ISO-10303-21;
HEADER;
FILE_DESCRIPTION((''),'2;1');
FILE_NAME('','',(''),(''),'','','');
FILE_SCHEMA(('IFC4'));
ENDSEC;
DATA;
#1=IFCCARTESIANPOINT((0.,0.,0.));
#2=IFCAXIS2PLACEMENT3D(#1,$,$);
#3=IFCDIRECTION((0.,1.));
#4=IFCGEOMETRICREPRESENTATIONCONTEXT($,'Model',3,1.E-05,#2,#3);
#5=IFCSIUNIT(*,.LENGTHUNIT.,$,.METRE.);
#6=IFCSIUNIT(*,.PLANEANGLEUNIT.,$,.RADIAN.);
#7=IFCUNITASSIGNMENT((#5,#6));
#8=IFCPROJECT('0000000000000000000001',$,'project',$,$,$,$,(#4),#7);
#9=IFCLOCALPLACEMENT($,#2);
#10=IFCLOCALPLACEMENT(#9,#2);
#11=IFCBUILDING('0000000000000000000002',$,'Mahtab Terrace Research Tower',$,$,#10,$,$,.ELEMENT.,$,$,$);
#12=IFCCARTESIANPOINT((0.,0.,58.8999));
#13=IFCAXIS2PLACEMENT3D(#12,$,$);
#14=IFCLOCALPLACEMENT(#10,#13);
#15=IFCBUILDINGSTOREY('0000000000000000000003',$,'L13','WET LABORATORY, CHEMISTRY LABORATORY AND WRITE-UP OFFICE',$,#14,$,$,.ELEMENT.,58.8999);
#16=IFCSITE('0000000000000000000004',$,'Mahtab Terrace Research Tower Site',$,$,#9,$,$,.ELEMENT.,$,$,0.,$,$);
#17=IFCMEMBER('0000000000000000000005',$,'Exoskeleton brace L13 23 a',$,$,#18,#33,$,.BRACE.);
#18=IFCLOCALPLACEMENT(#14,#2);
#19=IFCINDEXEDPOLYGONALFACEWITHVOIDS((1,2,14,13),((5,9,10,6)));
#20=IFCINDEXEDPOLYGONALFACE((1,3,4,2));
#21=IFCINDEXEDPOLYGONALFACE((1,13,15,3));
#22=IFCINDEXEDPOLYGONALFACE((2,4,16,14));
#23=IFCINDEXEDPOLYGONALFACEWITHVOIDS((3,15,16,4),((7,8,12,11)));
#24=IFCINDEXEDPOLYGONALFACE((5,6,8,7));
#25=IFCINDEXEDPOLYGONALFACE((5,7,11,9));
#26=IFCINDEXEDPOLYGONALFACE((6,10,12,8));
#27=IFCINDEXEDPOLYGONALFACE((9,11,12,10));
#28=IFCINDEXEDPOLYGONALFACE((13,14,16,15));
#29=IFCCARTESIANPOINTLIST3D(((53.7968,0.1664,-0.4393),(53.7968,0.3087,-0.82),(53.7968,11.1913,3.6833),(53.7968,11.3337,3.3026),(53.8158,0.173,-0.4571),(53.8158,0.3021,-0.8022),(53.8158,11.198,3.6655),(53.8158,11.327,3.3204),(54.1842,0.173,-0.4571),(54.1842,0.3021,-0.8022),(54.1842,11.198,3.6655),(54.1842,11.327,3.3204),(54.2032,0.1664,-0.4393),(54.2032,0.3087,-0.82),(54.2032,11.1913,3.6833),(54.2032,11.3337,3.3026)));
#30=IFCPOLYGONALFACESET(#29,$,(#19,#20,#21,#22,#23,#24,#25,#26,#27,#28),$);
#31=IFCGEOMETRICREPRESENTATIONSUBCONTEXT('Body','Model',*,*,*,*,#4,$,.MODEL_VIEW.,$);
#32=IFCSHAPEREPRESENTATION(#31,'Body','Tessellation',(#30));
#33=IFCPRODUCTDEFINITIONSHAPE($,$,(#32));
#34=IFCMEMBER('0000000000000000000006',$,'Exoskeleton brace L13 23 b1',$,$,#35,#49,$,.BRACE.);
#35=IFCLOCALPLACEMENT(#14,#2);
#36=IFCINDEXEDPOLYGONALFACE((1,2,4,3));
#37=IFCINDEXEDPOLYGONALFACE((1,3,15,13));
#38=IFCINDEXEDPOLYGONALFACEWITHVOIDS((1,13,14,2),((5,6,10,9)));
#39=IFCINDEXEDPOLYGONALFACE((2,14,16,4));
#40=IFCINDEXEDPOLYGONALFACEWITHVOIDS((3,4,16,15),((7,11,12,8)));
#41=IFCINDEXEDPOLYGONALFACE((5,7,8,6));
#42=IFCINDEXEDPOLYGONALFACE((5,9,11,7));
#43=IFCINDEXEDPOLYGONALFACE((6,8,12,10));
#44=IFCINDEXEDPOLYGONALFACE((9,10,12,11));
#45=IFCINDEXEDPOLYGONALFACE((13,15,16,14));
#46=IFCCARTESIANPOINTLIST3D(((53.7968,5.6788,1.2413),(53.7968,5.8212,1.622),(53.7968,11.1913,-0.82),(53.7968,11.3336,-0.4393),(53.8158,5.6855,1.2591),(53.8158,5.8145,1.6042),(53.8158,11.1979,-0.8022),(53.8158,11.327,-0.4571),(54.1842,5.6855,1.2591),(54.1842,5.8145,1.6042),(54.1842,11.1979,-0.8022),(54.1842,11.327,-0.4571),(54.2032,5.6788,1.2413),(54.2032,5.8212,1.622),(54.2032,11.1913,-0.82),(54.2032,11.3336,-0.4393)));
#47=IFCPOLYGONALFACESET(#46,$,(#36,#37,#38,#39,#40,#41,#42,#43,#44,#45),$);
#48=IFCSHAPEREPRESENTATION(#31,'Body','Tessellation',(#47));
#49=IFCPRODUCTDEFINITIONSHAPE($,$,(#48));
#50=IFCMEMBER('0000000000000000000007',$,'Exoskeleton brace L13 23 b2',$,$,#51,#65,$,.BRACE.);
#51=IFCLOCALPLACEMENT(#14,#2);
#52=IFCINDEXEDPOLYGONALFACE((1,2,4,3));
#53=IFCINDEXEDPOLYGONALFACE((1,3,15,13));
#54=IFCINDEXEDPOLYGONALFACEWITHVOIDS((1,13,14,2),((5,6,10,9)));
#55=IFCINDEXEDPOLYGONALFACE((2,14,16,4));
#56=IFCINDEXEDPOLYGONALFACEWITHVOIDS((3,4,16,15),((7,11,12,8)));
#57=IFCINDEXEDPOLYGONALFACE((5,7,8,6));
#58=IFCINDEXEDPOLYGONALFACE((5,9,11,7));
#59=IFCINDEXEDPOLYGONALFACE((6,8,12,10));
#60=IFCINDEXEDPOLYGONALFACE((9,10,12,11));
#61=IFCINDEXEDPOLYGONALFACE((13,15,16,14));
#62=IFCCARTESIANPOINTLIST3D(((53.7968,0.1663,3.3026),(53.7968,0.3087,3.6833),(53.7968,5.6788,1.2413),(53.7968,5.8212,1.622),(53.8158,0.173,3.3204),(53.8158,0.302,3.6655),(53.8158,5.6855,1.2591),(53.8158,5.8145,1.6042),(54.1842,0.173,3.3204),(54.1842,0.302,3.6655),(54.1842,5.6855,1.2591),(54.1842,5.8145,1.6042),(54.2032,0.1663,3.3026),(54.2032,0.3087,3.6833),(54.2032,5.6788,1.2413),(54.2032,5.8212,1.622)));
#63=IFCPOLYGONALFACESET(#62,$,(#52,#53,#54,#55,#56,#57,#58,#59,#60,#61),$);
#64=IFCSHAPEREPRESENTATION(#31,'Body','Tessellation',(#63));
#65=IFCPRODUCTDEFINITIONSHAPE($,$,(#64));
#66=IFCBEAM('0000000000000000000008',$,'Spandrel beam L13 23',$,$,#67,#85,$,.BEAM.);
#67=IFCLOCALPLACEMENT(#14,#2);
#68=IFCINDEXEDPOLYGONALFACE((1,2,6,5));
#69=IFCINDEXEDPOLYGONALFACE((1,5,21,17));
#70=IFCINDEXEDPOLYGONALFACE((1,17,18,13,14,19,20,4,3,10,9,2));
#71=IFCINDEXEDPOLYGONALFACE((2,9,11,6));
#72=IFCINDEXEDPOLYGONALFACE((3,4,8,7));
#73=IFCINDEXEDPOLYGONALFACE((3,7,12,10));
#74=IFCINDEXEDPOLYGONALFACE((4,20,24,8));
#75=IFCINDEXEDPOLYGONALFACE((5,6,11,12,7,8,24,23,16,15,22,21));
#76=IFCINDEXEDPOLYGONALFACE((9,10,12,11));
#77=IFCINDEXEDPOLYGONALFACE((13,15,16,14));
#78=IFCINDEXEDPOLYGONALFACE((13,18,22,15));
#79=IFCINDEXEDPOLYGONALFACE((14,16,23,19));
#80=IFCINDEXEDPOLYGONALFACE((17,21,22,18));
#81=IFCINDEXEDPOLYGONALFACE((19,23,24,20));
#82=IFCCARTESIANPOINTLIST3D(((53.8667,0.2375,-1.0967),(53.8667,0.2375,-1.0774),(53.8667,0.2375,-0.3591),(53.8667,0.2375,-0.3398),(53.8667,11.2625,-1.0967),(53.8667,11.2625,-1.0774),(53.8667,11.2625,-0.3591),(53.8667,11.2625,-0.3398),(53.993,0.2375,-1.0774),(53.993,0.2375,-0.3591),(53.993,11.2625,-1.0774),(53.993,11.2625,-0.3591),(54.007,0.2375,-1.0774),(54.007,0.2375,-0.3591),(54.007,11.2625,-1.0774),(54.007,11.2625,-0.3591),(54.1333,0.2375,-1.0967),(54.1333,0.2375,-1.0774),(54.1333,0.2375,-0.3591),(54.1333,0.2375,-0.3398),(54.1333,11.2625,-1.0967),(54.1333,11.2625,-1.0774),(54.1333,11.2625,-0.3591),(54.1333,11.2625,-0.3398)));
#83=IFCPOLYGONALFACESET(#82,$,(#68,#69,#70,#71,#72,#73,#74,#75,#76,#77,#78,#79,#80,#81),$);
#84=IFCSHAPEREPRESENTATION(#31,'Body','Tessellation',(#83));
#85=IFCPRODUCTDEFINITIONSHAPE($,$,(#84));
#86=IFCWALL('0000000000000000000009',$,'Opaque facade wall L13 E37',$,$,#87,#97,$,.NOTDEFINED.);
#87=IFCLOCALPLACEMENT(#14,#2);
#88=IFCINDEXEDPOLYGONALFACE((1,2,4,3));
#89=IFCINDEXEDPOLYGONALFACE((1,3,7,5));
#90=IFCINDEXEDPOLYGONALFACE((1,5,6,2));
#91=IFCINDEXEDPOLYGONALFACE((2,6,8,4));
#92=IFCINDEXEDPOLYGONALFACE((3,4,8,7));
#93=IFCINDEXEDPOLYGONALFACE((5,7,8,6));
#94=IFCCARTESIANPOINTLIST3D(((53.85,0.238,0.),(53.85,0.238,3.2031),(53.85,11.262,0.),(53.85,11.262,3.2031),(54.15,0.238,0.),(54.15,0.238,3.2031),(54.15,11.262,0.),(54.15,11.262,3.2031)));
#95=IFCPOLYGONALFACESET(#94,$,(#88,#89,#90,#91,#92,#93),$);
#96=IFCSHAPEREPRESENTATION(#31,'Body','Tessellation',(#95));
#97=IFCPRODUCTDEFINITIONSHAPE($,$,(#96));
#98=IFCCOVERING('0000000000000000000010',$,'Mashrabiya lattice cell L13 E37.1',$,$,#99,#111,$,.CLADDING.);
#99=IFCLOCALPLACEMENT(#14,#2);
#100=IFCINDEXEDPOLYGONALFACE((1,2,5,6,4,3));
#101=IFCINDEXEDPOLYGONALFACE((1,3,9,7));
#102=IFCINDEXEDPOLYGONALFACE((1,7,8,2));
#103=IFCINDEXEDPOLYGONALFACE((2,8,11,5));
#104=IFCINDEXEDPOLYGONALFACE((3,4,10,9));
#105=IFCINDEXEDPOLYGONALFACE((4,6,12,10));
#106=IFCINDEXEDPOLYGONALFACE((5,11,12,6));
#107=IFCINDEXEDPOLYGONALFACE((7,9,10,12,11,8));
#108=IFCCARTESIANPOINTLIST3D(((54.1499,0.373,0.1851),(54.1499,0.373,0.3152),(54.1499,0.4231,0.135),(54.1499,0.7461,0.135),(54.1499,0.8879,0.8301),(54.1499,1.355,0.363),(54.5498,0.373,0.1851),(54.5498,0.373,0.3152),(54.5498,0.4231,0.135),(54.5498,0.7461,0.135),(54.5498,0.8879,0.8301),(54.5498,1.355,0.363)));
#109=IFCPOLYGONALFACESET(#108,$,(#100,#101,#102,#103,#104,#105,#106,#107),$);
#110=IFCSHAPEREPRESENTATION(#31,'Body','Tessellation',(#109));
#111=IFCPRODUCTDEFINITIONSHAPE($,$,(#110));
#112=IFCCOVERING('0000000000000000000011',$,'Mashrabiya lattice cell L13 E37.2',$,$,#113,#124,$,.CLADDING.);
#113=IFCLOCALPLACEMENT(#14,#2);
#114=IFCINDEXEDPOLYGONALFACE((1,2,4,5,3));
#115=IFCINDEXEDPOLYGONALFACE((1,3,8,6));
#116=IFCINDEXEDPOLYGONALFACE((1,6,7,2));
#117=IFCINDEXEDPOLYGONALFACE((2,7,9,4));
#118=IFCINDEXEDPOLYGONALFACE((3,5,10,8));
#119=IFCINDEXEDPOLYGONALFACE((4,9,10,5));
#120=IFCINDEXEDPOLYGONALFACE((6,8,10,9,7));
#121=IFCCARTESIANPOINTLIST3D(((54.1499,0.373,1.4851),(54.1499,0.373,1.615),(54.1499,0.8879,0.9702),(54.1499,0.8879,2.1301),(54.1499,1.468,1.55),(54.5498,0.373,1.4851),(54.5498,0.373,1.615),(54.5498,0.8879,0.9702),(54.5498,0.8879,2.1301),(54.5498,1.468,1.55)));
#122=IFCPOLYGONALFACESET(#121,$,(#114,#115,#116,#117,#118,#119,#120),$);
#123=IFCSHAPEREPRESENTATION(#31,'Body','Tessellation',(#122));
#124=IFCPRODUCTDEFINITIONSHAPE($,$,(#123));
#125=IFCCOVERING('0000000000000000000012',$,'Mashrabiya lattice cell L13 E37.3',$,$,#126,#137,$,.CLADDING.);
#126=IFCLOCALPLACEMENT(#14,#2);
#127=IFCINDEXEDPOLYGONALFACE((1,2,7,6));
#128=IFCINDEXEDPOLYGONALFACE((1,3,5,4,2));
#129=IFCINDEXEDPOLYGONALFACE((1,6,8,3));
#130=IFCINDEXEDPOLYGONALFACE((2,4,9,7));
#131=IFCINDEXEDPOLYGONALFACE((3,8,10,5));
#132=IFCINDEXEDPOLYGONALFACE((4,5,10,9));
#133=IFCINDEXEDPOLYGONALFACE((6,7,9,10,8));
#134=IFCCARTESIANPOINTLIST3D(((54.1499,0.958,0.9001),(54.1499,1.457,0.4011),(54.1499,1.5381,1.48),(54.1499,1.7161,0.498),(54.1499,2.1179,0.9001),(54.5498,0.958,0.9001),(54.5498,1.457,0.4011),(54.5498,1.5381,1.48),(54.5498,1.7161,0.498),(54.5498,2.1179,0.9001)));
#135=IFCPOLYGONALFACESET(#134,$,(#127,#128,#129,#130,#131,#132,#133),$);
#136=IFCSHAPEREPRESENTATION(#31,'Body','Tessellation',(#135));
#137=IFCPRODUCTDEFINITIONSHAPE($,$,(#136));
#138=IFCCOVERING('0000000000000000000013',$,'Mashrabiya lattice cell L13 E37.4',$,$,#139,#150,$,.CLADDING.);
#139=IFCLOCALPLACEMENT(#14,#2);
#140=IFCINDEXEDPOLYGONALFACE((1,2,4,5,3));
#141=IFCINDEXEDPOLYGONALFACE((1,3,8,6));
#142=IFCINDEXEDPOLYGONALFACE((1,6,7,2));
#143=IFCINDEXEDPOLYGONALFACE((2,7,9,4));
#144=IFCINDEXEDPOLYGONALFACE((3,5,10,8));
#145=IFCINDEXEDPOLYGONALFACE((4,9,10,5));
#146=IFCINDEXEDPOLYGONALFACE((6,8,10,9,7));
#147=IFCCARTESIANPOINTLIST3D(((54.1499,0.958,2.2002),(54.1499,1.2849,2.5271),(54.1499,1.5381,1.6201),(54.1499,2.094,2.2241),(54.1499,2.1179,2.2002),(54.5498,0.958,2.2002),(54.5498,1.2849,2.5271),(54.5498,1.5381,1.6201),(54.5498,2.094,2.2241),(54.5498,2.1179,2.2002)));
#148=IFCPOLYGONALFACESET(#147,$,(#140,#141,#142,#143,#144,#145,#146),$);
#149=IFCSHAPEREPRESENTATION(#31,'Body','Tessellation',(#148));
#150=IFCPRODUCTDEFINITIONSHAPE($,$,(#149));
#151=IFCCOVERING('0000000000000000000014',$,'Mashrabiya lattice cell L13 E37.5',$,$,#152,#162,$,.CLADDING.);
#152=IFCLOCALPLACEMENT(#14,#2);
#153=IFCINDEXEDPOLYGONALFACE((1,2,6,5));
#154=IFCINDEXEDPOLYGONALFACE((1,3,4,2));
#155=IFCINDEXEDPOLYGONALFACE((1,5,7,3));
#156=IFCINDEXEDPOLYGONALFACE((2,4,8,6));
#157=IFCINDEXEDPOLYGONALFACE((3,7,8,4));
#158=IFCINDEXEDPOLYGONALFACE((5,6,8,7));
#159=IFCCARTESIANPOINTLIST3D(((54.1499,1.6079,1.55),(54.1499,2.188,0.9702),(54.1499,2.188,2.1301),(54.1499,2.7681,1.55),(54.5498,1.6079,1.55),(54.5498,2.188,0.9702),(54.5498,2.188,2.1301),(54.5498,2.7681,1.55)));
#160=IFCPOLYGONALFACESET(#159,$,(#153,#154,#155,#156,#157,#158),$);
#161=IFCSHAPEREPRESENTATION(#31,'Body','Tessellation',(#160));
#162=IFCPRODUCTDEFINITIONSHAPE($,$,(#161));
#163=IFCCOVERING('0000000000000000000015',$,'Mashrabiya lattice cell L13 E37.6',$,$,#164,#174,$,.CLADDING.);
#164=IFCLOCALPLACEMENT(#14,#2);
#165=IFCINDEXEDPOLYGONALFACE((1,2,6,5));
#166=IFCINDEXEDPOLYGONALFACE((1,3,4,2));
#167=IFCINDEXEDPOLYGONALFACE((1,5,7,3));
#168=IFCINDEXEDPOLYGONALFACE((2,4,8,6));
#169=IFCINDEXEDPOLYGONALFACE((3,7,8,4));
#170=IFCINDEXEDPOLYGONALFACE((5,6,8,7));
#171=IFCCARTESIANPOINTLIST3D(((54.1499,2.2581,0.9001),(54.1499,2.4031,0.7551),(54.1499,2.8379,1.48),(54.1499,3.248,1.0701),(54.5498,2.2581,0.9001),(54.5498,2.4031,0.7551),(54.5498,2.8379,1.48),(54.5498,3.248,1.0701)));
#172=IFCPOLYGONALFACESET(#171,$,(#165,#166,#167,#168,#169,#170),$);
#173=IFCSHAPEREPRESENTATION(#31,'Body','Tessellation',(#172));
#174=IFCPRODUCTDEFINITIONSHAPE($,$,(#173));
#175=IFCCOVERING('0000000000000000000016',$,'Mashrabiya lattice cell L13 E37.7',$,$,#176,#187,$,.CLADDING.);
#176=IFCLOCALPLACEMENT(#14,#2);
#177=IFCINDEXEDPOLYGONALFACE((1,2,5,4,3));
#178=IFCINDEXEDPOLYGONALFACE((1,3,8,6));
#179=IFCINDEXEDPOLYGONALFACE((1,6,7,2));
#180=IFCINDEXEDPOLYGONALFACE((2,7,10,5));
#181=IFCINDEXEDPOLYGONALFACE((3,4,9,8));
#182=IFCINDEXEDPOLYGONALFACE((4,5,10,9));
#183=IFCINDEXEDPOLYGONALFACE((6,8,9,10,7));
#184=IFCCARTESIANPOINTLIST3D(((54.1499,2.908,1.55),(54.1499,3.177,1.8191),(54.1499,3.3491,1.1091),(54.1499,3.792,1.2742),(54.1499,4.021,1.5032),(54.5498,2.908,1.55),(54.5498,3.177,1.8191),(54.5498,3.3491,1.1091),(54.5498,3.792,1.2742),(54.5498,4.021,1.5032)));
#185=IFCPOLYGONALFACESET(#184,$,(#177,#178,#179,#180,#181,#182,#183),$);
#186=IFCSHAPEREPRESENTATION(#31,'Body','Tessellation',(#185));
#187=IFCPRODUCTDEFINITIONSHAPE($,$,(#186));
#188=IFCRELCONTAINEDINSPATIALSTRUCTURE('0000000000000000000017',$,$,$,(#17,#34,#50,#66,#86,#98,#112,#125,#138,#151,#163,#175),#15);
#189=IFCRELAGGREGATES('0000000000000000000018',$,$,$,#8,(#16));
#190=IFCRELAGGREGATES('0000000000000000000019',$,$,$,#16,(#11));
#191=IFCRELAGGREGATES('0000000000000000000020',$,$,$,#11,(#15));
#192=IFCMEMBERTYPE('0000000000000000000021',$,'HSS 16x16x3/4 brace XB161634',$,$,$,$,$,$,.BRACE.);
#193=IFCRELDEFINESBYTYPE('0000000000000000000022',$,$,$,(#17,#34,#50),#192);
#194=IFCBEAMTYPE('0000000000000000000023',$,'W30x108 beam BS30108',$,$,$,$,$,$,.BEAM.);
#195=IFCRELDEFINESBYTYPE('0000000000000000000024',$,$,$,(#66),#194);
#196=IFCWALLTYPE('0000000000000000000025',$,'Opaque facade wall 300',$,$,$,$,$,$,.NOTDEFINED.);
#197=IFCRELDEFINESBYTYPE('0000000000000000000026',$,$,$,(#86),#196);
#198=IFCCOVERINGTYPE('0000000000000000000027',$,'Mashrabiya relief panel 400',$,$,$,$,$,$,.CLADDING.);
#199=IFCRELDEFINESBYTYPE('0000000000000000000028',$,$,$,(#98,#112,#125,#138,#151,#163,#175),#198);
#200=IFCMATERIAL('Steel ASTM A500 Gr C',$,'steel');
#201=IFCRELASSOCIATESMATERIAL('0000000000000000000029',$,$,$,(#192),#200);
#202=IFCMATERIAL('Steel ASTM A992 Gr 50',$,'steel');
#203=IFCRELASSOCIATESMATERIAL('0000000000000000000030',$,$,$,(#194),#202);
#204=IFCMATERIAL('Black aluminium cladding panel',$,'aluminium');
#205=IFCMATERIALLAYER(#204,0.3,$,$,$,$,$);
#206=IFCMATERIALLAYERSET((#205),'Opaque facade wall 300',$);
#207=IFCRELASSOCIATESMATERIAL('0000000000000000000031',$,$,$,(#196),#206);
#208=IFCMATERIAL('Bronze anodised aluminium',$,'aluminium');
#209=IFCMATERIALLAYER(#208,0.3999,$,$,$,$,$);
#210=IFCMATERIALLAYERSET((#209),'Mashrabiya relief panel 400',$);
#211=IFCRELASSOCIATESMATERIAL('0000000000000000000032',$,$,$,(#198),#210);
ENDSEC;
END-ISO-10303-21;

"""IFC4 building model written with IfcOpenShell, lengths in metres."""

from ifc_helpers import new_model, si_unit, direction, frame, frame_2d, origin, origin_2d, place, context, subcontext, project, spatial, polyline, rectangle, hollow_rectangle, i_section, outline, extrude, material, layer, layer_set, material_profile, profile_set, type_object, element, save


model = new_model("IFC4")

# Units and contexts
model_context = context("Model", 3, precision=1e-05, world=origin(), true_north=direction((0.0, 1.0)))
body_context = subcontext(model_context, "Body", "Model", "MODEL_VIEW")
ifc_project = project(units=[si_unit("LENGTHUNIT", "METRE"), si_unit("PLANEANGLEUNIT", "RADIAN")], contexts=[model_context])

# Site, building, storey
site_placement = place(None, origin())
site = spatial("IfcSite", under=ifc_project, at=site_placement, Name="Mahtab Terrace Research Tower Site", CompositionType="ELEMENT", RefElevation=0.0)
building_placement = place(site_placement, origin())
building = spatial("IfcBuilding", under=site, at=building_placement, Name="Mahtab Terrace Research Tower", CompositionType="ELEMENT")
storey_placement = place(building_placement, frame((0.0, 0.0, 58.8999)))
storey = spatial("IfcBuildingStorey", under=building, at=storey_placement, Name="L13", Description="WET LABORATORY, CHEMISTRY LABORATORY AND WRITE-UP OFFICE", CompositionType="ELEMENT", Elevation=58.8999)

# Members
ifc_material_1 = material(Name="Steel ASTM A500 Gr C", Category="steel")
ifc_material_profile_1 = material_profile(ifc_material_1, hollow_rectangle(XDim=0.4065, YDim=0.4065, WallThickness=0.019, at=origin_2d()), Name="HSS16X16X3/4")
ifc_profile_set_1 = profile_set([ifc_material_profile_1], Name="Steel ASTM A500 Gr C")
member_type = type_object("IfcMemberType", Name="HSS 16x16x3/4 brace XB161634", PredefinedType="BRACE", material=ifc_profile_set_1)
member_placement = place(storey_placement, frame((54.0, 0.2375, -0.6296), z_axis=(0.0, 0.936658, 0.350246), x_axis=(-1.0, 0.0, 0.0)))
element("IfcMember", 1, at=member_placement, inside=storey, type_object=member_type, Name="Exoskeleton brace L13 23 a", PredefinedType="BRACE", context=body_context, shape_type="SweptSolid", body=[
    extrude(hollow_rectangle(XDim=0.4065, YDim=0.4065, WallThickness=0.019, at=origin_2d()), origin(), (0.0, 0.0, 1.0), 11.7705),
])
for number, where, z_axis, x_axis, name in (
    (2, (54.0, 11.2625, -0.6296), (0.0, -0.936658, 0.350246), (1.0, 0.0, 0.0), "Exoskeleton brace L13 23 b1"),
    (3, (54.0, 5.75, 1.4316), (0.0, -0.936658, 0.350246), (1.0, 0.0, 0.0), "Exoskeleton brace L13 23 b2"),
):
    element("IfcMember", number, at=place(storey_placement, frame(where, z_axis=z_axis, x_axis=x_axis)), inside=storey, type_object=member_type, Name=name, PredefinedType="BRACE", context=body_context, shape_type="SweptSolid", body=[
        extrude(hollow_rectangle(XDim=0.4065, YDim=0.4065, WallThickness=0.019, at=origin_2d()), origin(), (0.0, 0.0, 1.0), 5.8853),
    ])

# Beam
ifc_material_2 = material(Name="Steel ASTM A992 Gr 50", Category="steel")
ifc_material_profile_2 = material_profile(ifc_material_2, i_section(OverallWidth=0.2666, OverallDepth=0.7568, WebThickness=0.0139, FlangeThickness=0.0193, at=origin_2d()), Name="W30X108")
ifc_profile_set_2 = profile_set([ifc_material_profile_2], Name="Steel ASTM A992 Gr 50")
beam_type = type_object("IfcBeamType", Name="W30x108 beam BS30108", PredefinedType="BEAM", material=ifc_profile_set_2)
beam_placement = place(storey_placement, frame((54.0, 0.2375, -0.7183), z_axis=(0.0, 1.0, 0.0), x_axis=(-1.0, 0.0, 0.0)))
element("IfcBeam", 4, at=beam_placement, inside=storey, type_object=beam_type, Name="Spandrel beam L13 23", PredefinedType="BEAM", context=body_context, shape_type="SweptSolid", body=[
    extrude(i_section(OverallWidth=0.2666, OverallDepth=0.7568, WebThickness=0.0139, FlangeThickness=0.0193, at=origin_2d()), origin(), (0.0, 0.0, 1.0), 11.0249),
])

# Wall
ifc_material_3 = material(Name="Black aluminium cladding panel", Category="aluminium")
ifc_layer_1 = layer(ifc_material_3, 0.3)
ifc_layer_set_1 = layer_set([ifc_layer_1], Name="Opaque facade wall 300")
wall_type = type_object("IfcWallType", Name="Opaque facade wall 300", PredefinedType="NOTDEFINED", material=ifc_layer_set_1)
wall_placement = place(storey_placement, frame((54.0, 0.238, 0.0), z_axis=(0.0, 0.0, 1.0), x_axis=(0.0, 1.0, 0.0)))
element("IfcWall", 5, at=wall_placement, inside=storey, type_object=wall_type, Name="Opaque facade wall L13 E37", PredefinedType="NOTDEFINED", context=body_context, shape_type="SweptSolid", body=[
    extrude(rectangle(XDim=11.0239, YDim=0.3, at=frame_2d((5.512, 0.0))), origin(), (0.0, 0.0, 1.0), 3.2031),
])

# Coverings
ifc_material_4 = material(Name="Bronze anodised aluminium", Category="aluminium")
ifc_layer_2 = layer(ifc_material_4, 0.3999)
ifc_layer_set_2 = layer_set([ifc_layer_2], Name="Mashrabiya relief panel 400")
covering_type = type_object("IfcCoveringType", Name="Mashrabiya relief panel 400", PredefinedType="CLADDING", material=ifc_layer_set_2)
covering_1_placement = place(storey_placement, frame((54.1499, 0.373, 0.1851), z_axis=(-1.0, 0.0, 0.0), x_axis=(0.0, 0.0, 1.0)))
element("IfcCovering", 6, at=covering_1_placement, inside=storey, type_object=covering_type, Name="Mashrabiya lattice cell L13 E37.1", PredefinedType="CLADDING", context=body_context, shape_type="SweptSolid", body=[
    extrude(outline(polyline([(0.0, 0.0), (0.1301, 0.0), (0.645, 0.5149), (0.178, 0.9819), (-0.05, 0.373), (-0.05, 0.05), (0.0, 0.0)])), origin(), (0.0, 0.0, -1.0), 0.3999),
])
covering_2_placement = place(storey_placement, frame((54.1499, 0.8879, 2.1301), z_axis=(-1.0, 0.0, 0.0), x_axis=(0.0, 0.707107, -0.707107)))
element("IfcCovering", 7, at=covering_2_placement, inside=storey, type_object=covering_type, Name="Mashrabiya lattice cell L13 E37.2", PredefinedType="CLADDING", context=body_context, shape_type="SweptSolid", body=[
    extrude(outline(polyline([(0.0, 0.0), (0.8204, 0.0), (0.8202, 0.8202), (0.092, 0.8202), (0.0002, 0.7283), (0.0, 0.0)])), origin(), (0.0, 0.0, -1.0), 0.3999),
])
covering_3_placement = place(storey_placement, frame((54.1499, 0.958, 0.9001), z_axis=(-1.0, 0.0, 0.0), x_axis=(0.0, 0.707256, 0.706958)))
element("IfcCovering", 8, at=covering_3_placement, inside=storey, type_object=covering_type, Name="Mashrabiya lattice cell L13 E37.3", PredefinedType="CLADDING", context=body_context, shape_type="SweptSolid", body=[
    extrude(outline(polyline([(0.0, 0.0), (0.8202, 0.0), (0.8204, 0.82), (0.2519, 0.8203), (0.0001, 0.7057), (0.0, 0.0)])), origin(), (0.0, 0.0, -1.0), 0.3999),
])
covering_4_placement = place(storey_placement, frame((54.1499, 2.1179, 2.2002), z_axis=(-1.0, 0.0, 0.0), x_axis=(0.0, -0.706958, -0.707256)))
element("IfcCovering", 9, at=covering_4_placement, inside=storey, type_object=covering_type, Name="Mashrabiya lattice cell L13 E37.4", PredefinedType="CLADDING", context=body_context, shape_type="SweptSolid", body=[
    extrude(outline(polyline([(0.0, 0.0), (0.8202, 0.0), (0.82, 0.8204), (0.3577, 0.8203), (0.0, 0.0338), (0.0, 0.0)])), origin(), (0.0, 0.0, -1.0), 0.3999),
])
covering_5_placement = place(storey_placement, frame((54.1499, 2.188, 2.1301), z_axis=(-1.0, 0.0, 0.0), x_axis=(0.0, 0.707107, -0.707107)))
element("IfcCovering", 10, at=covering_5_placement, inside=storey, type_object=covering_type, Name="Mashrabiya lattice cell L13 E37.5", PredefinedType="CLADDING", context=body_context, shape_type="SweptSolid", body=[
    extrude(outline(polyline([(0.0, 0.0), (0.8204, 0.0), (0.8202, 0.8202), (0.0, 0.8204), (0.0, 0.0)])), origin(), (0.0, 0.0, -1.0), 0.3999),
])
covering_6_placement = place(storey_placement, frame((54.1499, 2.2581, 0.9001), z_axis=(-1.0, 0.0, 0.0), x_axis=(0.0, 0.707107, 0.707107)))
element("IfcCovering", 11, at=covering_6_placement, inside=storey, type_object=covering_type, Name="Mashrabiya lattice cell L13 E37.6", PredefinedType="CLADDING", context=body_context, shape_type="SweptSolid", body=[
    extrude(outline(polyline([(0.0, 0.0), (0.82, 0.0), (0.8202, 0.5799), (0.0, 0.2051), (0.0, 0.0)])), origin(), (0.0, 0.0, -1.0), 0.3999),
])
covering_7_placement = place(storey_placement, frame((54.1499, 2.908, 1.55), z_axis=(-1.0, 0.0, 0.0), x_axis=(0.0, 0.707107, 0.707107)))
element("IfcCovering", 12, at=covering_7_placement, inside=storey, type_object=covering_type, Name="Mashrabiya lattice cell L13 E37.7", PredefinedType="CLADDING", context=body_context, shape_type="SweptSolid", body=[
    extrude(outline(polyline([(0.0, 0.0), (0.3805, 0.0), (0.7539, 0.8202), (0.43, 0.8202), (0.0002, 0.6237), (0.0, 0.0)])), origin(), (0.0, 0.0, -1.0), 0.3999),
])

save(model, "model.ifc")
